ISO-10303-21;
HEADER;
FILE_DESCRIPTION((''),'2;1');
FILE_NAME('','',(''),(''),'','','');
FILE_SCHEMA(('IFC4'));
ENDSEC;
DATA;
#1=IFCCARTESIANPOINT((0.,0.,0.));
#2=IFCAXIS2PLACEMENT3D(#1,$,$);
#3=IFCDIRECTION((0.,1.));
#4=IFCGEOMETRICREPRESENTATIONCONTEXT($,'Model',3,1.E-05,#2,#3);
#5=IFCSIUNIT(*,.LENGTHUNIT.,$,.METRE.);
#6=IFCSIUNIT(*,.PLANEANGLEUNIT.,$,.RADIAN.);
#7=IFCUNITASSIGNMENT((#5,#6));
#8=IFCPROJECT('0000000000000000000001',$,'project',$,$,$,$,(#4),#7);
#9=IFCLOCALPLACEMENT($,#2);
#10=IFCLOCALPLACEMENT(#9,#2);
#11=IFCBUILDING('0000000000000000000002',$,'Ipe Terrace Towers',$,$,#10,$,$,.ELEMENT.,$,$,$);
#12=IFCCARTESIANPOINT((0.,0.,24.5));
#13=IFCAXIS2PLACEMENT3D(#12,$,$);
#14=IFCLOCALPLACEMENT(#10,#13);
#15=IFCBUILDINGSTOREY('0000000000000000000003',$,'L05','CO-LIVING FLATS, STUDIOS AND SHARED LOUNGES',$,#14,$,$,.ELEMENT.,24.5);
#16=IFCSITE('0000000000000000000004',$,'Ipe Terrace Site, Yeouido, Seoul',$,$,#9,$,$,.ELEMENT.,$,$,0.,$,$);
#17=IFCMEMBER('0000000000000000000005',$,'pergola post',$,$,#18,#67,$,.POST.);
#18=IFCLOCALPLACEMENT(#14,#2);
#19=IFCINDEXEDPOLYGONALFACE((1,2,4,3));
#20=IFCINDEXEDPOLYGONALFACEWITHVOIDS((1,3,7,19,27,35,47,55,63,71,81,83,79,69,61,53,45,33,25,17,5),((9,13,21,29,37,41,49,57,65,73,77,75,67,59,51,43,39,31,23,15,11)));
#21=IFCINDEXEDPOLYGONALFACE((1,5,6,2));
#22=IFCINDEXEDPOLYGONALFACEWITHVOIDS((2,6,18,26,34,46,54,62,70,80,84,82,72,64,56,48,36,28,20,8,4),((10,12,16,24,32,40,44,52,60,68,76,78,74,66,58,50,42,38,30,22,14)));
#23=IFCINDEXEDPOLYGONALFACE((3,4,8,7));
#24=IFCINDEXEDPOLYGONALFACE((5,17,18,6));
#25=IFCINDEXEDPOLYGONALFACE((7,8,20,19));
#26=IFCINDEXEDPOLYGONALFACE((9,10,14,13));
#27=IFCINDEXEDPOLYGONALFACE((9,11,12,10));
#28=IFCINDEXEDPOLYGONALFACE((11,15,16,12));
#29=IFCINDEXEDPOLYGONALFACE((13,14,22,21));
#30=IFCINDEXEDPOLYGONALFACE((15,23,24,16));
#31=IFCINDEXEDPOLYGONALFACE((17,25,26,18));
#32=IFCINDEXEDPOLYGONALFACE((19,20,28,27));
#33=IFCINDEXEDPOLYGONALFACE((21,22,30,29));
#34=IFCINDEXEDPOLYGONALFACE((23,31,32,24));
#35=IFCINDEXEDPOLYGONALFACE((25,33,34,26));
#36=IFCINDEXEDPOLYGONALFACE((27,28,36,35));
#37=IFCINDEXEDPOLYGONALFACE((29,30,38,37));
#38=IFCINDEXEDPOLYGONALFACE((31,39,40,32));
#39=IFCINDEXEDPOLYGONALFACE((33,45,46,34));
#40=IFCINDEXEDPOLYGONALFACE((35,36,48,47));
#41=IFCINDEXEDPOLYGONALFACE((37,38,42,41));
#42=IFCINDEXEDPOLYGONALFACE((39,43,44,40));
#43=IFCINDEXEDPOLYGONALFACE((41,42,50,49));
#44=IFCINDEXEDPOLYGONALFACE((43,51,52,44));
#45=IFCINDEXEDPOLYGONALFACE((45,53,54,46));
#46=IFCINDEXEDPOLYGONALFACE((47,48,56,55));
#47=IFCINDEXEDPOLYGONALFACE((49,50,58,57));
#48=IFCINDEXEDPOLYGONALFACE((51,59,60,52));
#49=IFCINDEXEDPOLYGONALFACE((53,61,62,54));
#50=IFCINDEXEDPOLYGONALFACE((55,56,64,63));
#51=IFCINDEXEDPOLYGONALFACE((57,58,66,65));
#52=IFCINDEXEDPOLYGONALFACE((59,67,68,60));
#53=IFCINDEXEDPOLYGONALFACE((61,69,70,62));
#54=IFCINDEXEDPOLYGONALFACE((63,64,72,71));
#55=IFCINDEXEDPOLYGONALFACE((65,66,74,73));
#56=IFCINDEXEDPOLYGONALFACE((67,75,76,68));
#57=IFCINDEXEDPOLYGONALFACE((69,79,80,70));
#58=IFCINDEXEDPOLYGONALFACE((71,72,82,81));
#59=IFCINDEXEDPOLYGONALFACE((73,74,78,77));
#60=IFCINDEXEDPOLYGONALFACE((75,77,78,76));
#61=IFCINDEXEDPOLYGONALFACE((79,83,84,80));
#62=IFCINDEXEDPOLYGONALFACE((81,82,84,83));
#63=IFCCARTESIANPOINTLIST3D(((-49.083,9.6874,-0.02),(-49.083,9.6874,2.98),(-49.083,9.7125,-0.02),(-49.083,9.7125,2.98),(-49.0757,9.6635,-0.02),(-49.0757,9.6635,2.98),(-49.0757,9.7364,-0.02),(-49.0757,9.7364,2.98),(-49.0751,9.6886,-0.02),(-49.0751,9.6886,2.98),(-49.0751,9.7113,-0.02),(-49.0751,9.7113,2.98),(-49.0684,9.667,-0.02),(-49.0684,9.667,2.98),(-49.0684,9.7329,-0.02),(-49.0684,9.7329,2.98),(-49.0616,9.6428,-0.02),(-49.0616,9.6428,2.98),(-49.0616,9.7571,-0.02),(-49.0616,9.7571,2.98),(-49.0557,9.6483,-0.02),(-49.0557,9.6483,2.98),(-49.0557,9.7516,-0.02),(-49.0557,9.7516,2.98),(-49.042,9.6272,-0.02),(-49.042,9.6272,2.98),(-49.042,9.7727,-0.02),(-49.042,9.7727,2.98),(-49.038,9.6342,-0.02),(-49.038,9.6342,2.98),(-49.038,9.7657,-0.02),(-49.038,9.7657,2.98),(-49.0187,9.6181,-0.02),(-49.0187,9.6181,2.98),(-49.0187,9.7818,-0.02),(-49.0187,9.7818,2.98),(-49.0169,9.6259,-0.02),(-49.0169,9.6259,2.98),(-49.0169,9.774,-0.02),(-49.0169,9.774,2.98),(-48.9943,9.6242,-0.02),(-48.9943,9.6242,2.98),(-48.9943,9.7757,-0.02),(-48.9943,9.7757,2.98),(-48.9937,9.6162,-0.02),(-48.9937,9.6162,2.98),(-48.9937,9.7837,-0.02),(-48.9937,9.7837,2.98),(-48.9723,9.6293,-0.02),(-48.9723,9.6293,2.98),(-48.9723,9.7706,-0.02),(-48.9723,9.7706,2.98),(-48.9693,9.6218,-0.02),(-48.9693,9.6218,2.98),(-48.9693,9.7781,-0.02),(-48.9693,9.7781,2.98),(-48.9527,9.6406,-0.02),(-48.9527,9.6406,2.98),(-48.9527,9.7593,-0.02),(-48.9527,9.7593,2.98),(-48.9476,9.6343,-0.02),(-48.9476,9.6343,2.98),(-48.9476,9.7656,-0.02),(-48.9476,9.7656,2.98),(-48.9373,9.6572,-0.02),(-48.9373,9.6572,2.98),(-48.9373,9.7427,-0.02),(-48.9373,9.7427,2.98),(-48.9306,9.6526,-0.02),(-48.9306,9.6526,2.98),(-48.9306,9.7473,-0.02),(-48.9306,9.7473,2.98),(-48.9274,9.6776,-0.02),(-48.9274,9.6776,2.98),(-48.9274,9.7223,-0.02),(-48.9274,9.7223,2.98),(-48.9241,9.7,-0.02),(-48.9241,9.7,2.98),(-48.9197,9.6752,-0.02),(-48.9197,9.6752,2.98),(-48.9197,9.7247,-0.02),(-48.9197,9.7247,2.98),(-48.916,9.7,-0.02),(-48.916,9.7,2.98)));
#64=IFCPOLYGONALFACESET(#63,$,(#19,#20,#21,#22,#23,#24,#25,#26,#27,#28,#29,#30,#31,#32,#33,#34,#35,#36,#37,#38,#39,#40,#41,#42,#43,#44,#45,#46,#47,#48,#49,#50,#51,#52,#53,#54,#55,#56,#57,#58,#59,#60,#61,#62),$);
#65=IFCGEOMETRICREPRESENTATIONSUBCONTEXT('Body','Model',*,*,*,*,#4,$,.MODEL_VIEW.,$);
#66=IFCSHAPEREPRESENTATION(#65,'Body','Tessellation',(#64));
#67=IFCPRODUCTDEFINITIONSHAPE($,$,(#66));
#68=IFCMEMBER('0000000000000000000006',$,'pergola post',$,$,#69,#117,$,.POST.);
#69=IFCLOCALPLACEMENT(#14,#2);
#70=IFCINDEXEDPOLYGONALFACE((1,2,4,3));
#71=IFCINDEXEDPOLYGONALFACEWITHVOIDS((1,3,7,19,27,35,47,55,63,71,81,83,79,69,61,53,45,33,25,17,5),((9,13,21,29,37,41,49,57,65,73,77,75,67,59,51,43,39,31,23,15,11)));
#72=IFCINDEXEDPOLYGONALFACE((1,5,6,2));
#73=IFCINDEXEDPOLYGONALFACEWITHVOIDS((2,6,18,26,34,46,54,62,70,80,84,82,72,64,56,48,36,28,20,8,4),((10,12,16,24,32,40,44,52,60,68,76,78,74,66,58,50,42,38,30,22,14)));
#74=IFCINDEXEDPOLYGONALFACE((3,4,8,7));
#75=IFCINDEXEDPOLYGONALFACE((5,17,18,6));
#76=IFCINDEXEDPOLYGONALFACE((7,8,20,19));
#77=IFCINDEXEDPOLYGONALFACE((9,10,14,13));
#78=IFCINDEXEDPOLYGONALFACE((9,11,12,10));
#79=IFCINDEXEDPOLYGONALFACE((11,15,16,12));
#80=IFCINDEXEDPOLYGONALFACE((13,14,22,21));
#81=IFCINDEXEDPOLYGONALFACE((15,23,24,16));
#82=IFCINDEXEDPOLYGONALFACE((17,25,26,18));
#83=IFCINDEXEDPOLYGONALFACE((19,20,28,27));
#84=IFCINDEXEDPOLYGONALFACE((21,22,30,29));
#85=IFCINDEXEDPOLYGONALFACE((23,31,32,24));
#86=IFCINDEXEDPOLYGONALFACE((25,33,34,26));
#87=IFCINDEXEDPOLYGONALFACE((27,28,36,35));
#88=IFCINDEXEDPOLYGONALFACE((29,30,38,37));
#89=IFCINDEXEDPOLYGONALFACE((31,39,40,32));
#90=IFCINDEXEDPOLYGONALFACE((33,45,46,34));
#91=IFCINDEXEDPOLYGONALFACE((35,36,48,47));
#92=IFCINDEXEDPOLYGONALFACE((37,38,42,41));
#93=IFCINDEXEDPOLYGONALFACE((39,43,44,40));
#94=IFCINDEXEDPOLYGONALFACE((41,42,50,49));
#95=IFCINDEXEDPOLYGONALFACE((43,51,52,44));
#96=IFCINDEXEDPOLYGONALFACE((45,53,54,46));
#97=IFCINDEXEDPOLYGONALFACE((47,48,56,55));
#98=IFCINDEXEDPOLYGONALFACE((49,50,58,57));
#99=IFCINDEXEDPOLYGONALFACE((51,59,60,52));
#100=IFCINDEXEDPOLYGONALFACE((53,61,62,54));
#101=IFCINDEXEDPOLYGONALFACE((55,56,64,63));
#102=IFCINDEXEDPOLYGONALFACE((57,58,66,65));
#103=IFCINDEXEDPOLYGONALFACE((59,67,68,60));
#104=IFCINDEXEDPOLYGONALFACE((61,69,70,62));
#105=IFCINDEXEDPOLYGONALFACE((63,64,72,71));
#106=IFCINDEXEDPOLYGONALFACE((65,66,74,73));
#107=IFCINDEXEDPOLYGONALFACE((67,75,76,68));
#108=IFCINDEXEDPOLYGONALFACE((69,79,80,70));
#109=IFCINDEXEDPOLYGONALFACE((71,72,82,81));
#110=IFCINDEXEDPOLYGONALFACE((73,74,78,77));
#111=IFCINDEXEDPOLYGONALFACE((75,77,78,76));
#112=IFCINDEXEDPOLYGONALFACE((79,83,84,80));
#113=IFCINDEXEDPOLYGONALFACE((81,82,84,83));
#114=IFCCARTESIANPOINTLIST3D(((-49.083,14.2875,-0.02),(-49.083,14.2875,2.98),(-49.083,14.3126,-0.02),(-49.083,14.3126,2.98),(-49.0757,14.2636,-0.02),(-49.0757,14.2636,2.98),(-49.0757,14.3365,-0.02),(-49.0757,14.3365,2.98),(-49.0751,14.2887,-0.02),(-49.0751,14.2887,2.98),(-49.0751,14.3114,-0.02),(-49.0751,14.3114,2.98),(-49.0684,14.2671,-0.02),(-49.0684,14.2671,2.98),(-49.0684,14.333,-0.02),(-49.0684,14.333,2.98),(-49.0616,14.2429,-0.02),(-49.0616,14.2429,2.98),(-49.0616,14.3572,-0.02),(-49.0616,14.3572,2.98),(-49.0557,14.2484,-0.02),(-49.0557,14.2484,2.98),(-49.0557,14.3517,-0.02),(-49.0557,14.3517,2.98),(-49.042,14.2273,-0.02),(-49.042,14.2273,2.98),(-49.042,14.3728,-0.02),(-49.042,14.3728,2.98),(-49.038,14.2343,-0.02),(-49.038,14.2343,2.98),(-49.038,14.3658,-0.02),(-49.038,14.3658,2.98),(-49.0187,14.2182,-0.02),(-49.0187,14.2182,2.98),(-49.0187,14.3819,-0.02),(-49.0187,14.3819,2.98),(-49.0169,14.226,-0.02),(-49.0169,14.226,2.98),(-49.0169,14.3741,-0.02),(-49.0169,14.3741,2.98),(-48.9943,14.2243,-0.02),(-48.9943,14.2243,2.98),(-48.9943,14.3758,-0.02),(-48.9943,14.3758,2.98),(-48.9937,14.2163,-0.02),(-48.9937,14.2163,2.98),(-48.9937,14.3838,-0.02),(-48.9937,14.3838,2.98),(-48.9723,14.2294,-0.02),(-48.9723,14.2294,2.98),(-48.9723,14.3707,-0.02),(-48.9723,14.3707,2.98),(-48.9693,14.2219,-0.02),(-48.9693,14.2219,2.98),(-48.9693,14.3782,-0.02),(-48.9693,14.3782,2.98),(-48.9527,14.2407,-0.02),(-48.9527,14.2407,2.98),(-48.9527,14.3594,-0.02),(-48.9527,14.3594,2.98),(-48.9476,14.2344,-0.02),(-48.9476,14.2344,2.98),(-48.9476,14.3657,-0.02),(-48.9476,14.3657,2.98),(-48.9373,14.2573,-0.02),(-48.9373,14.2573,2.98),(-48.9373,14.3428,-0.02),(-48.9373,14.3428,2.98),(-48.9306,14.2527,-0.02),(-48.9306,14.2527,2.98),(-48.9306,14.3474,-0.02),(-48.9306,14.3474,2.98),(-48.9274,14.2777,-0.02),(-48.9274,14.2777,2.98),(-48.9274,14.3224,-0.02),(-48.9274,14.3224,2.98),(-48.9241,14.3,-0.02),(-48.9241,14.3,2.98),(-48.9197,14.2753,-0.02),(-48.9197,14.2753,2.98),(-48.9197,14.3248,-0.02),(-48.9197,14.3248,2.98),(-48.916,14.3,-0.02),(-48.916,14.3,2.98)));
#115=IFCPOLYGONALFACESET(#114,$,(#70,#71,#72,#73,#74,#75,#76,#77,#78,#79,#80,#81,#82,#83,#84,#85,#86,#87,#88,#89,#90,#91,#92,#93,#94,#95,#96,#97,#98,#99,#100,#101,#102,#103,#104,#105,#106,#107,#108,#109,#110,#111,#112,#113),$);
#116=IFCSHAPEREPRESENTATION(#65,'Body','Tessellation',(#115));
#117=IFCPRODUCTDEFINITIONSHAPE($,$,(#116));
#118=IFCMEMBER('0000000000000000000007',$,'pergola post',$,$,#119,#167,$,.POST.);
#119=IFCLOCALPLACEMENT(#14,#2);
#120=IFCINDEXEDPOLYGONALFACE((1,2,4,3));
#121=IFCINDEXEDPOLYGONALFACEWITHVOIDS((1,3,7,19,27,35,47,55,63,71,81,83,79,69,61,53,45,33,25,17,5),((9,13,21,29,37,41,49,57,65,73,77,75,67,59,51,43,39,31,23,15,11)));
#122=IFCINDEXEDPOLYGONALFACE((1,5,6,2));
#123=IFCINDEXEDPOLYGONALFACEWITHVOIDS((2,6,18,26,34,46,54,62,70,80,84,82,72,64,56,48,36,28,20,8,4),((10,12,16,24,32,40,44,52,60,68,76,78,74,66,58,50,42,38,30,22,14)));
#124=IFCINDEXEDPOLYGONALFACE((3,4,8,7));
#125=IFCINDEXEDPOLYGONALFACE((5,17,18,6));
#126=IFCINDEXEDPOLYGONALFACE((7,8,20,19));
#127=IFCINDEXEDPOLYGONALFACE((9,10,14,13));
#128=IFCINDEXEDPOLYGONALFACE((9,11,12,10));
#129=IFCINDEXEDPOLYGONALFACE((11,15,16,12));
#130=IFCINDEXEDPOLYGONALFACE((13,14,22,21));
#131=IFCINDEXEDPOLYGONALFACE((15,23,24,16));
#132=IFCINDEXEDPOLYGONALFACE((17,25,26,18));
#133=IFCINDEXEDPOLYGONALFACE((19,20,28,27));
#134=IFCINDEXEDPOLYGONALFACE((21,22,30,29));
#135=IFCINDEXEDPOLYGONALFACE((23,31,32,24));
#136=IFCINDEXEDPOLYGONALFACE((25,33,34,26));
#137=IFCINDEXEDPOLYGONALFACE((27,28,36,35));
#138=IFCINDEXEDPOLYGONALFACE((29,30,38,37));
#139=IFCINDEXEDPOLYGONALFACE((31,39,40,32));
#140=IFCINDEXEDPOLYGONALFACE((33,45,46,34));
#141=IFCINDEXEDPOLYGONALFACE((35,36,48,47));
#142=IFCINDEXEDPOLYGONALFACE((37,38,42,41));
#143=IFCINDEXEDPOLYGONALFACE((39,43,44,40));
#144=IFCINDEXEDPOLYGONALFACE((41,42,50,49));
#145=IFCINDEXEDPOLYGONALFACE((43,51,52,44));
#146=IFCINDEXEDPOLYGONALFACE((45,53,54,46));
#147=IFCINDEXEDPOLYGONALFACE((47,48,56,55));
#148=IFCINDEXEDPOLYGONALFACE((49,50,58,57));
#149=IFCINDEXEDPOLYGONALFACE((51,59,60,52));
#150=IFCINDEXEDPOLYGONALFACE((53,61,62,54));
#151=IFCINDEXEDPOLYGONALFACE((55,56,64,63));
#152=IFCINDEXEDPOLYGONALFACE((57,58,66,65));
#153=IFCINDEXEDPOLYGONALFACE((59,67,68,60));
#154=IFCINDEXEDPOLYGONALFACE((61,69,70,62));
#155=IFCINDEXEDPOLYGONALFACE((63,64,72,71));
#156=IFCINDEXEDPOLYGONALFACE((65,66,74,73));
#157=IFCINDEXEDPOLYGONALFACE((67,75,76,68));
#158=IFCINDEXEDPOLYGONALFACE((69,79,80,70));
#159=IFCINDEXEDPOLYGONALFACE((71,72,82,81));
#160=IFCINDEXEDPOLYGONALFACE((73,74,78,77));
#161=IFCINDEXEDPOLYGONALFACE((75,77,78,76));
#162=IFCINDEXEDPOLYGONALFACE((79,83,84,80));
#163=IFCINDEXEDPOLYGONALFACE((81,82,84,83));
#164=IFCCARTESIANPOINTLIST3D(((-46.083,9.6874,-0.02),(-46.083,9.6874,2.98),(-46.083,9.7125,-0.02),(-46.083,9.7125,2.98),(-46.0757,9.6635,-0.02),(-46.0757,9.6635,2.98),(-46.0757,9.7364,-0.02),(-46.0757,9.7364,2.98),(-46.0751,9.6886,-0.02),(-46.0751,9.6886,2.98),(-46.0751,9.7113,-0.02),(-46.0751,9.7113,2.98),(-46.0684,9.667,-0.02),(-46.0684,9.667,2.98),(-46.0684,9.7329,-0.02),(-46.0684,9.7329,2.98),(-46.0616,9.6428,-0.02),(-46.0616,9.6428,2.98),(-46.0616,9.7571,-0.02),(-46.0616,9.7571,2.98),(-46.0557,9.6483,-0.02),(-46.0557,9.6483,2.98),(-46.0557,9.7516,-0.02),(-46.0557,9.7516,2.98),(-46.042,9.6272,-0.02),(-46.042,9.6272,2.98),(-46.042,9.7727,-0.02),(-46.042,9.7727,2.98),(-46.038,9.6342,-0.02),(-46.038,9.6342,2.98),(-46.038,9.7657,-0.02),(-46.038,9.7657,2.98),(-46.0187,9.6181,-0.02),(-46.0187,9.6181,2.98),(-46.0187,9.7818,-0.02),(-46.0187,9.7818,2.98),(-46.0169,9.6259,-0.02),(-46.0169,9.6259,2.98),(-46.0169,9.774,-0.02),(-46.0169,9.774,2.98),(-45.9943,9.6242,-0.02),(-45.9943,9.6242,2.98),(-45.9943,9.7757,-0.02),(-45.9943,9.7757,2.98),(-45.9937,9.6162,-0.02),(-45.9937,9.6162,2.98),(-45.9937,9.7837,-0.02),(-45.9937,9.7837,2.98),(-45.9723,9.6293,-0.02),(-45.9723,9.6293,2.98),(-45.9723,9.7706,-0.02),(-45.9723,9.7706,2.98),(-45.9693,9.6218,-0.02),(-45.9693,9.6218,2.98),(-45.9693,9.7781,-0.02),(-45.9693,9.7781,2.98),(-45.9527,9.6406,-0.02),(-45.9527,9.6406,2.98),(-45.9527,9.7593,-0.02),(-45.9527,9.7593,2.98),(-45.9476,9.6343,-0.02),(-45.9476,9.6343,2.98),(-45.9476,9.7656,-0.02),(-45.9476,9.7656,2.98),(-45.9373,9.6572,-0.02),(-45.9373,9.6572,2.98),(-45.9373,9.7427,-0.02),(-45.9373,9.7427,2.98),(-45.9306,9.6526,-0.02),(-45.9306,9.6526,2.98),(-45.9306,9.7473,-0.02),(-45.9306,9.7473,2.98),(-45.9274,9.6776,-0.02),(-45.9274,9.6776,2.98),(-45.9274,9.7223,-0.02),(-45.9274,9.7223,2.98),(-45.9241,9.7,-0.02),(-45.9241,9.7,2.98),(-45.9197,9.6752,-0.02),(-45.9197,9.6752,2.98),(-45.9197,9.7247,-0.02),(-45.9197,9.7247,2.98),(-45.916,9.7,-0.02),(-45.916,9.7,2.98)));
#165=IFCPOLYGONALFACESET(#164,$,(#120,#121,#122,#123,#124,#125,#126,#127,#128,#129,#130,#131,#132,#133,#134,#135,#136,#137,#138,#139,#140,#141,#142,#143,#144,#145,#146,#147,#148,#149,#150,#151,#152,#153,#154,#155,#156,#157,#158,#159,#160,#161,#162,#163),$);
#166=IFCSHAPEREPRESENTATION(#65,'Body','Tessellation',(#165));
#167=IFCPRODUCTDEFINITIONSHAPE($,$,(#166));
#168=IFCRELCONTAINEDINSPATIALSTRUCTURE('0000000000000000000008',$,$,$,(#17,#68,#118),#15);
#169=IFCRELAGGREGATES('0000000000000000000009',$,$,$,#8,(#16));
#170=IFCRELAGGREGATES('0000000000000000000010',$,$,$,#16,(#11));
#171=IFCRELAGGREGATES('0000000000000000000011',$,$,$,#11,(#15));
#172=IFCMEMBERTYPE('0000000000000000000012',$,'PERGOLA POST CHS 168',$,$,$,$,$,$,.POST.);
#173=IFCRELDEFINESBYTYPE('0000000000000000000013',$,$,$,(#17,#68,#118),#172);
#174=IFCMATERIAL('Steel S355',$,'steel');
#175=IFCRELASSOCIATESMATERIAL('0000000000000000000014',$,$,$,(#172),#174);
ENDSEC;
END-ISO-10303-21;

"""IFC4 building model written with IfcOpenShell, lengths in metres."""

from ifc_helpers import new_model, si_unit, direction, frame, origin, origin_2d, place, context, subcontext, project, spatial, hollow_circle, extrude, material, material_profile, profile_set, type_object, element, save


model = new_model("IFC4")

# Units and contexts
model_context = context("Model", 3, precision=1e-05, world=origin(), true_north=direction((0.0, 1.0)))
body_context = subcontext(model_context, "Body", "Model", "MODEL_VIEW")
ifc_project = project(units=[si_unit("LENGTHUNIT", "METRE"), si_unit("PLANEANGLEUNIT", "RADIAN")], contexts=[model_context])

# Site, building, storey
site_placement = place(None, origin())
site = spatial("IfcSite", under=ifc_project, at=site_placement, Name="Ipe Terrace Site, Yeouido, Seoul", CompositionType="ELEMENT", RefElevation=0.0)
building_placement = place(site_placement, origin())
building = spatial("IfcBuilding", under=site, at=building_placement, Name="Ipe Terrace Towers", CompositionType="ELEMENT")
storey_placement = place(building_placement, frame((0.0, 0.0, 24.5)))
storey = spatial("IfcBuildingStorey", under=building, at=storey_placement, Name="L05", Description="CO-LIVING FLATS, STUDIOS AND SHARED LOUNGES", CompositionType="ELEMENT", Elevation=24.5)

# Members
ifc_material_1 = material(Name="Steel S355", Category="steel")
ifc_material_profile_1 = material_profile(ifc_material_1, hollow_circle(Radius=0.084, WallThickness=0.0081, at=origin_2d()), Name="PERGOLA POST CHS 168")
ifc_profile_set_1 = profile_set([ifc_material_profile_1], Name="Steel S355")
member_type = type_object("IfcMemberType", Name="PERGOLA POST CHS 168", PredefinedType="POST", material=ifc_profile_set_1)
for number, where, z_axis, x_axis, name in (
    (1, (-49.0, 9.7, -0.02), (0.0, 0.0, 1.0), (1.0, 0.0, 0.0), "pergola post"),
    (2, (-49.0, 14.3, -0.02), (0.0, 0.0, 1.0), (1.0, 0.0, 0.0), "pergola post"),
    (3, (-46.0, 9.7, -0.02), (0.0, 0.0, 1.0), (1.0, 0.0, 0.0), "pergola post"),
):
    element("IfcMember", number, at=place(storey_placement, frame(where, z_axis=z_axis, x_axis=x_axis)), inside=storey, type_object=member_type, Name=name, PredefinedType="POST", context=body_context, shape_type="SweptSolid", body=[
        extrude(hollow_circle(Radius=0.084, WallThickness=0.0081, at=origin_2d()), origin(), (0.0, 0.0, 1.0), 3.0),
    ])

save(model, "model.ifc")
